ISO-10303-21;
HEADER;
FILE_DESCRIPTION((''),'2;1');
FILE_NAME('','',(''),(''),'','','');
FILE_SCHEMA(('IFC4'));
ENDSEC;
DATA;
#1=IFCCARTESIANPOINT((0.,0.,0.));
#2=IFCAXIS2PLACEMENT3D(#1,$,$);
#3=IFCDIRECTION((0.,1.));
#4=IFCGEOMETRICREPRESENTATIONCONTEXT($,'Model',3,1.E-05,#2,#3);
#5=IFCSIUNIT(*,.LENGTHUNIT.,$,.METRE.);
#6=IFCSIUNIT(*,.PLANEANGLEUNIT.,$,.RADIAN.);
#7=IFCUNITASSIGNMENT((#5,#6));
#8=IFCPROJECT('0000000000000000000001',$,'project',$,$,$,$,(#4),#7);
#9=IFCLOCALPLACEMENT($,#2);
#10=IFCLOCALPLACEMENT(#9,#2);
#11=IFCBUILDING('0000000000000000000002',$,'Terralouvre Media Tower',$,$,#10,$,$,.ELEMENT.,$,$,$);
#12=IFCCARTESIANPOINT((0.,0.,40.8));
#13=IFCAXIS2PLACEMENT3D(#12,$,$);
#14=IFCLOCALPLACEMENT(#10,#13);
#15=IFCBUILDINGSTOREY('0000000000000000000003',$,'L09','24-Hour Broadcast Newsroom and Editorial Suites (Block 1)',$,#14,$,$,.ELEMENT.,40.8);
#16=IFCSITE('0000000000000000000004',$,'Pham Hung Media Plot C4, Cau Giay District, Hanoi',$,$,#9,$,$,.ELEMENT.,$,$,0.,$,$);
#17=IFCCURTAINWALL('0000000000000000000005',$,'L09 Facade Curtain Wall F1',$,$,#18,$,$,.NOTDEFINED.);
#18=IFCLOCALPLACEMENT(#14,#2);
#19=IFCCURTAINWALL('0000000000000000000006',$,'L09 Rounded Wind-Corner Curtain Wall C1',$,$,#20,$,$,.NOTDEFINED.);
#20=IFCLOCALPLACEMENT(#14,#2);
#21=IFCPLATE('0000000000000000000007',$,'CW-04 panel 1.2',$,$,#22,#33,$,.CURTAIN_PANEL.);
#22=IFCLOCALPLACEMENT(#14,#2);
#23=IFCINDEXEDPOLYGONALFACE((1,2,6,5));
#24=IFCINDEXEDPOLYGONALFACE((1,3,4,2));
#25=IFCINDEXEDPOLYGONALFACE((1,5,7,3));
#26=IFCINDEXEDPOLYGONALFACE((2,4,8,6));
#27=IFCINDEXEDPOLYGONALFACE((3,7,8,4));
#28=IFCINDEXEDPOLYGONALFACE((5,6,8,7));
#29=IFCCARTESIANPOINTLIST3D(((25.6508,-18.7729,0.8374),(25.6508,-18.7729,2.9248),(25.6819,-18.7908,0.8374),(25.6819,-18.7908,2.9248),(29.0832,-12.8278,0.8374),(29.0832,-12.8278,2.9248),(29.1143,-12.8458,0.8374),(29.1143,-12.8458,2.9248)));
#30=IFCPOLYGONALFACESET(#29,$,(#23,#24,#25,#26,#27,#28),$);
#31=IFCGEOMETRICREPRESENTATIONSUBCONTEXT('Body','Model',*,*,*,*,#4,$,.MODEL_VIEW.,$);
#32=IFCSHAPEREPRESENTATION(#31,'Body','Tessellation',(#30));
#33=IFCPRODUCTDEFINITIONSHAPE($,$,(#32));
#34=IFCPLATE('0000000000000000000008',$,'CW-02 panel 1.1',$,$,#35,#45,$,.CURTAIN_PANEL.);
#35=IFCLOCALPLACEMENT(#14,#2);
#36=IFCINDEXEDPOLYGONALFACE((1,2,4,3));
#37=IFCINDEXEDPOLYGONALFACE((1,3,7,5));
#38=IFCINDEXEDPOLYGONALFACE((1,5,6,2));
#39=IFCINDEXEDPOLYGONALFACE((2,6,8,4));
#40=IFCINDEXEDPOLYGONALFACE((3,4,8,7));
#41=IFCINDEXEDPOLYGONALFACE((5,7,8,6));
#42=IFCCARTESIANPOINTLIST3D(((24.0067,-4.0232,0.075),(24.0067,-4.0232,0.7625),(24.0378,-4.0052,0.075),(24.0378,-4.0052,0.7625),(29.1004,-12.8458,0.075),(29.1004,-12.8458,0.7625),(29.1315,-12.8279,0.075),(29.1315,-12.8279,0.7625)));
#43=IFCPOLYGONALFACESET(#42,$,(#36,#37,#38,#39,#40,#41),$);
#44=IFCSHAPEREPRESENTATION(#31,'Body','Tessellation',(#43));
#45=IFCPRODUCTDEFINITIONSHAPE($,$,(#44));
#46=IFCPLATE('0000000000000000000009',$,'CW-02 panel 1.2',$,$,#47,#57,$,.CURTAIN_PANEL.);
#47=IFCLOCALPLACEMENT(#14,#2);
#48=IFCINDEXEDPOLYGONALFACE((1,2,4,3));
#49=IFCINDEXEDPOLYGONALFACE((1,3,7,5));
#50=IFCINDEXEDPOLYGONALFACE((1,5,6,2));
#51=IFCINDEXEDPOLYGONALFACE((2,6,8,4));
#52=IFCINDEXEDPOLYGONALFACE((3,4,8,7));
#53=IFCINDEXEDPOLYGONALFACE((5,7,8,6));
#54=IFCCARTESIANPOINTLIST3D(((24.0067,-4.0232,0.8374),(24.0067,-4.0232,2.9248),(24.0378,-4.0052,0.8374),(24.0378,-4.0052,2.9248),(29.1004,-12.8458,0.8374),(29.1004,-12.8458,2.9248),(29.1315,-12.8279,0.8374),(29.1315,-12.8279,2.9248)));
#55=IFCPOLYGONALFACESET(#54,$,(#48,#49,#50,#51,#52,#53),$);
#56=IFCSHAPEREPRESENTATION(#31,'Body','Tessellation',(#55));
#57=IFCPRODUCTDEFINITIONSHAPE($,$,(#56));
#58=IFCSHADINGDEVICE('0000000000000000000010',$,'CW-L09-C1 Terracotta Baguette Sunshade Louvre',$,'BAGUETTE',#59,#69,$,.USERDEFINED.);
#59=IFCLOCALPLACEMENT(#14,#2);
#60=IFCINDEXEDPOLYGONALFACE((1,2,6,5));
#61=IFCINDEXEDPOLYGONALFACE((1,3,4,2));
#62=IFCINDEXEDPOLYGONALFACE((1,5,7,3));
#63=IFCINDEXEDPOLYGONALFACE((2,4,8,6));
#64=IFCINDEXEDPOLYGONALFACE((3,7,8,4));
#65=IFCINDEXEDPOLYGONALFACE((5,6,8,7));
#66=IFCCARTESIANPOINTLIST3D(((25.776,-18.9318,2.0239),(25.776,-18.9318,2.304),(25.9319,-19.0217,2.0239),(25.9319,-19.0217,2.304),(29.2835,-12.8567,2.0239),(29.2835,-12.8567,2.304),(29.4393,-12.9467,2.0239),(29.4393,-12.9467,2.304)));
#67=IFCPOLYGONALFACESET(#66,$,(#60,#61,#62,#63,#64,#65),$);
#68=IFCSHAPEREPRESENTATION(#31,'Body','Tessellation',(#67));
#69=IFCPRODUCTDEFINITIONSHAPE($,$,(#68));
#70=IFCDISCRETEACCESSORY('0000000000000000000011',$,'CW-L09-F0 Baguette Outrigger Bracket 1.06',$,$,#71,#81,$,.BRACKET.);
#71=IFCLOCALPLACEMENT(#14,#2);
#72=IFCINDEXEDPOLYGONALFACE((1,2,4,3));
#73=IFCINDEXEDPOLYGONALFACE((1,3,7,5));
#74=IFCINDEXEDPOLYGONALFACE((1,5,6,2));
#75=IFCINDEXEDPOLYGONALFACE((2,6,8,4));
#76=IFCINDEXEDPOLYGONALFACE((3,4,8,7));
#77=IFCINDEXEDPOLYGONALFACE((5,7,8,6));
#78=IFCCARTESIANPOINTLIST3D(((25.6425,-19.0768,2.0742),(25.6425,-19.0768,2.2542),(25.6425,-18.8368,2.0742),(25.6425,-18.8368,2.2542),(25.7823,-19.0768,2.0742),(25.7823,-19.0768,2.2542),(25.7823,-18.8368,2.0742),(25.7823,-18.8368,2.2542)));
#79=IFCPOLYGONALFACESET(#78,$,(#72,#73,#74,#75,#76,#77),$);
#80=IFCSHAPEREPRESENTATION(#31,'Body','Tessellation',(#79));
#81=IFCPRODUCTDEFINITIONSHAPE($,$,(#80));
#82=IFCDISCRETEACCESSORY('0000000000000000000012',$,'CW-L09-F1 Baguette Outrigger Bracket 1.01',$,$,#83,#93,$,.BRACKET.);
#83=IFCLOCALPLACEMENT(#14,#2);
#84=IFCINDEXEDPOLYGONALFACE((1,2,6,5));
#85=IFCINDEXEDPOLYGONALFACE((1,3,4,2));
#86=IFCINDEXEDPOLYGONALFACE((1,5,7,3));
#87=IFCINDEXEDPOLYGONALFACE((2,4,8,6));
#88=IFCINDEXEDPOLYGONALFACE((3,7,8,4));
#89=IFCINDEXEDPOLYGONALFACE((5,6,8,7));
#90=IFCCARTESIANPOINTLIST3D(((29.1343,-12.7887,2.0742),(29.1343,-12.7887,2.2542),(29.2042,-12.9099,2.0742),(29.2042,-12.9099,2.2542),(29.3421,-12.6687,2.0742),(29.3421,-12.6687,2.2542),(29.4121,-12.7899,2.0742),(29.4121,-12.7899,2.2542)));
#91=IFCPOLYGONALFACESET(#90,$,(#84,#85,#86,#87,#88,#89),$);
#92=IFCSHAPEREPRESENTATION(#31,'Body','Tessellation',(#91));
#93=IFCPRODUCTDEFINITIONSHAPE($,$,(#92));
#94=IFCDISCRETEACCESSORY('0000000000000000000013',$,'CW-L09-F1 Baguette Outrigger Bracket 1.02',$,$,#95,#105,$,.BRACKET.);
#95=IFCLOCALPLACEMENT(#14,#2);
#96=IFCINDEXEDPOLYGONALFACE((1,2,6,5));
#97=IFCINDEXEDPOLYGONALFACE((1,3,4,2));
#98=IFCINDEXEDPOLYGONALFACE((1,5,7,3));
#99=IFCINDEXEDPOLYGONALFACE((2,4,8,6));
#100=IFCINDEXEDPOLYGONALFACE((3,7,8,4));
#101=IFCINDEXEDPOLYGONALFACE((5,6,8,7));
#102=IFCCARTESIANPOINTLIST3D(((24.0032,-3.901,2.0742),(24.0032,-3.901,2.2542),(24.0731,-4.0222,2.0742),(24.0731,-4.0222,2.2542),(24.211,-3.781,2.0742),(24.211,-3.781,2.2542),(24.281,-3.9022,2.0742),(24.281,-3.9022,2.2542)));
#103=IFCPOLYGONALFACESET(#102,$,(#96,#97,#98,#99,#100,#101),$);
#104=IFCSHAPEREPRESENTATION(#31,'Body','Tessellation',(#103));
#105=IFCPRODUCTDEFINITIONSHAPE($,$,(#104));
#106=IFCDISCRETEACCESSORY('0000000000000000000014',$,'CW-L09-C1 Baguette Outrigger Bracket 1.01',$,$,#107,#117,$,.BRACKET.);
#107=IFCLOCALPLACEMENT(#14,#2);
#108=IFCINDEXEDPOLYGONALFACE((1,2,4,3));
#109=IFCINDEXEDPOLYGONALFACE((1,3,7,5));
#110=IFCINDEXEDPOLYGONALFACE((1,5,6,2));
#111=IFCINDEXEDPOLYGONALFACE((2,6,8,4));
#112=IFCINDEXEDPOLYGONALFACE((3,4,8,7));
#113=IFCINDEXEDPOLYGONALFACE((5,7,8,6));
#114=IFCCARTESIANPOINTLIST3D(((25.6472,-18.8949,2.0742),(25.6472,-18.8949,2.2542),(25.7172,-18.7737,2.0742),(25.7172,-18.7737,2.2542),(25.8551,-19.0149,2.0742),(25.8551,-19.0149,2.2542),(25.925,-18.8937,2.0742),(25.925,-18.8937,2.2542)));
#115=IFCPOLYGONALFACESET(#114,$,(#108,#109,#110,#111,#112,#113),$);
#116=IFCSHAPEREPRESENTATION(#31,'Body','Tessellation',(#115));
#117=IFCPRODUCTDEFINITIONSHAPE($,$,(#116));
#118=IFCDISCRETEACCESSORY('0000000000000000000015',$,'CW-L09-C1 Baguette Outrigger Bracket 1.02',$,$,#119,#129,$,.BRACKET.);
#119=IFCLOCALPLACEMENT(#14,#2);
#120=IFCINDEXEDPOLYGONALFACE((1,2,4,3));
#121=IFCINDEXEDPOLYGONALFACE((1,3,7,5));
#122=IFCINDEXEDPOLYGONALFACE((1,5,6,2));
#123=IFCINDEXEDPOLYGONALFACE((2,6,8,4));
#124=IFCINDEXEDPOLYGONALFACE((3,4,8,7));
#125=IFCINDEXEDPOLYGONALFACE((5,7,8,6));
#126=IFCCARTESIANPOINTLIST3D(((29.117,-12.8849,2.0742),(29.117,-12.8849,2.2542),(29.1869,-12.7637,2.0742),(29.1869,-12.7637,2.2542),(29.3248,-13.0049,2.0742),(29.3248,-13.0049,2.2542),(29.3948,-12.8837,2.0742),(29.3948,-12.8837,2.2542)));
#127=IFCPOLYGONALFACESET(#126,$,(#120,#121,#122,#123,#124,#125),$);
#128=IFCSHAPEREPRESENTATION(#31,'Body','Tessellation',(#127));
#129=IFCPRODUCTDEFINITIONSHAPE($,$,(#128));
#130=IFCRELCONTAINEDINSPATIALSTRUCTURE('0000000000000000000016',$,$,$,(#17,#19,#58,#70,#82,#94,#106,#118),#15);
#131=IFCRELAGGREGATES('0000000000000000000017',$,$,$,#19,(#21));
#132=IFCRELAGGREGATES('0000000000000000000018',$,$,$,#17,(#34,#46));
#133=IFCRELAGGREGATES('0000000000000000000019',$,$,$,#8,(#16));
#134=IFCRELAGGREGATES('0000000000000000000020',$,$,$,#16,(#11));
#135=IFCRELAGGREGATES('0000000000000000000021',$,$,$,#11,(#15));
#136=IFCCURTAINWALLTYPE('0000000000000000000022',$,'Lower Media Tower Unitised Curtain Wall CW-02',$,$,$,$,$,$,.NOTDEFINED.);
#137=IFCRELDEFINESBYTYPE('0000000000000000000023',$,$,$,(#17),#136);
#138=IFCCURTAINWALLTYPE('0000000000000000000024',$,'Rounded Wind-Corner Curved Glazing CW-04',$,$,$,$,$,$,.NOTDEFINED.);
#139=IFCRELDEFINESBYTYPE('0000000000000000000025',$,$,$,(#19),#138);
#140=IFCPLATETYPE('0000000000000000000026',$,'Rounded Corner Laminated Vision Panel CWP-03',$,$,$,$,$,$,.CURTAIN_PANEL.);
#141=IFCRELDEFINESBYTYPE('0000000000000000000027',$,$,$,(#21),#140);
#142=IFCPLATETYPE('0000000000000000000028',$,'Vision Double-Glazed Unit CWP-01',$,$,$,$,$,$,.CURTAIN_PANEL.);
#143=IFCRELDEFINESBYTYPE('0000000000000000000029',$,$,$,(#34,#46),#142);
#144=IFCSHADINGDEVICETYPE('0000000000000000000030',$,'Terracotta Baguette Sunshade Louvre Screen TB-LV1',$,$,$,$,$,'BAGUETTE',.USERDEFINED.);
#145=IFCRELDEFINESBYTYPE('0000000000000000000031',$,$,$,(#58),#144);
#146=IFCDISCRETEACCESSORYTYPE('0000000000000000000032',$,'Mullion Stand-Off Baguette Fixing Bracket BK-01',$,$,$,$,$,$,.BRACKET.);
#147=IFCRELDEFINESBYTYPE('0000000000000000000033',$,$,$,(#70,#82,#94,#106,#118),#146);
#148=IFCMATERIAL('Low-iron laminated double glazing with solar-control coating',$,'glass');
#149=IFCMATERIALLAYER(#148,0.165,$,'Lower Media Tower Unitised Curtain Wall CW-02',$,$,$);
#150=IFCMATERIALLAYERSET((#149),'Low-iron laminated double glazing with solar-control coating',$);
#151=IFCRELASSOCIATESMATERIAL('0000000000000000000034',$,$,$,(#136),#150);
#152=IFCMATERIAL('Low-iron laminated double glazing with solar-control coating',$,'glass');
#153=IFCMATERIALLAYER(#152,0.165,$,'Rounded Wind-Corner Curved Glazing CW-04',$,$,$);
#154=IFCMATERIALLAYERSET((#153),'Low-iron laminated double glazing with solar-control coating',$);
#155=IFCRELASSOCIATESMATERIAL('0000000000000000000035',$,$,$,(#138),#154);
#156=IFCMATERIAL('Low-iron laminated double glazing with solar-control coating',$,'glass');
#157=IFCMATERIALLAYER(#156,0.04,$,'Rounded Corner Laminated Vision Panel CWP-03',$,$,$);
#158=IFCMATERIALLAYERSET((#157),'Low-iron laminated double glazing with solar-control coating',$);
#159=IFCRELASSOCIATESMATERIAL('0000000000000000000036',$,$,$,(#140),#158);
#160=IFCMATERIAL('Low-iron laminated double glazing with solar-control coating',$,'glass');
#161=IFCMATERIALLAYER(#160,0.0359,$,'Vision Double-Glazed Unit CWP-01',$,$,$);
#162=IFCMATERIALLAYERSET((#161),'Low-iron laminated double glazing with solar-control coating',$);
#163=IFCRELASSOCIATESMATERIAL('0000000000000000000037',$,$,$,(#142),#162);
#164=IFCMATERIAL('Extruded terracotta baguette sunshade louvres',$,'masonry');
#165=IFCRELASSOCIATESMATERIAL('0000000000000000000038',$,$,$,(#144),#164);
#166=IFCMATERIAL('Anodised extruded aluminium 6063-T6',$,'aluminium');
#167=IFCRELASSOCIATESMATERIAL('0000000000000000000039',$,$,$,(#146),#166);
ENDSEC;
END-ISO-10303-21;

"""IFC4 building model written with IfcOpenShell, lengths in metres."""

from ifc_helpers import new_model, si_unit, direction, frame, origin, origin_2d, place, context, subcontext, project, spatial, rectangle, extrude, material, layer, layer_set, type_object, element, aggregate, save


model = new_model("IFC4")

# Units and contexts
model_context = context("Model", 3, precision=1e-05, world=origin(), true_north=direction((0.0, 1.0)))
body_context = subcontext(model_context, "Body", "Model", "MODEL_VIEW")
ifc_project = project(units=[si_unit("LENGTHUNIT", "METRE"), si_unit("PLANEANGLEUNIT", "RADIAN")], contexts=[model_context])

# Site, building, storey
site_placement = place(None, origin())
site = spatial("IfcSite", under=ifc_project, at=site_placement, Name="Pham Hung Media Plot C4, Cau Giay District, Hanoi", CompositionType="ELEMENT", RefElevation=0.0)
building_placement = place(site_placement, origin())
building = spatial("IfcBuilding", under=site, at=building_placement, Name="Terralouvre Media Tower", CompositionType="ELEMENT")
storey_placement = place(building_placement, frame((0.0, 0.0, 40.8)))
storey = spatial("IfcBuildingStorey", under=building, at=storey_placement, Name="L09", Description="24-Hour Broadcast Newsroom and Editorial Suites (Block 1)", CompositionType="ELEMENT", Elevation=40.8)

# Curtain walls
ifc_material_1 = material(Name="Low-iron laminated double glazing with solar-control coating", Category="glass")
ifc_layer_1 = layer(ifc_material_1, 0.165, Name="Lower Media Tower Unitised Curtain Wall CW-02")
ifc_layer_set_1 = layer_set([ifc_layer_1], Name="Low-iron laminated double glazing with solar-control coating")
curtain_wall_type_1 = type_object("IfcCurtainWallType", Name="Lower Media Tower Unitised Curtain Wall CW-02", PredefinedType="NOTDEFINED", material=ifc_layer_set_1)
curtain_wall_1_placement = place(storey_placement, origin())
curtain_wall_1 = element("IfcCurtainWall", 1, at=curtain_wall_1_placement, inside=storey, type_object=curtain_wall_type_1, Name="L09 Facade Curtain Wall F1", PredefinedType="NOTDEFINED")
ifc_material_2 = material(Name="Low-iron laminated double glazing with solar-control coating", Category="glass")
ifc_layer_2 = layer(ifc_material_2, 0.165, Name="Rounded Wind-Corner Curved Glazing CW-04")
ifc_layer_set_2 = layer_set([ifc_layer_2], Name="Low-iron laminated double glazing with solar-control coating")
curtain_wall_type_2 = type_object("IfcCurtainWallType", Name="Rounded Wind-Corner Curved Glazing CW-04", PredefinedType="NOTDEFINED", material=ifc_layer_set_2)
curtain_wall_2_placement = place(storey_placement, origin())
curtain_wall_2 = element("IfcCurtainWall", 2, at=curtain_wall_2_placement, inside=storey, type_object=curtain_wall_type_2, Name="L09 Rounded Wind-Corner Curtain Wall C1", PredefinedType="NOTDEFINED")

# Plates
ifc_material_3 = material(Name="Low-iron laminated double glazing with solar-control coating", Category="glass")
ifc_layer_3 = layer(ifc_material_3, 0.04, Name="Rounded Corner Laminated Vision Panel CWP-03")
ifc_layer_set_3 = layer_set([ifc_layer_3], Name="Low-iron laminated double glazing with solar-control coating")
plate_type_1 = type_object("IfcPlateType", Name="Rounded Corner Laminated Vision Panel CWP-03", PredefinedType="CURTAIN_PANEL", material=ifc_layer_set_3)
plate_1_placement = place(storey_placement, frame((27.3826, -15.8093, 0.8374), z_axis=(0.0, 0.0, 1.0), x_axis=(0.5, 0.866026, 0.0)))
plate_1 = element("IfcPlate", 3, at=plate_1_placement, type_object=plate_type_1, Name="CW-04 panel 1.2", PredefinedType="CURTAIN_PANEL", context=body_context, shape_type="SweptSolid", body=[
    extrude(rectangle(XDim=6.8647, YDim=0.0359, at=origin_2d()), origin(), (0.0, 0.0, 1.0), 2.0874),
])
aggregate(curtain_wall_2, [plate_1])
ifc_material_4 = material(Name="Low-iron laminated double glazing with solar-control coating", Category="glass")
ifc_layer_4 = layer(ifc_material_4, 0.0359, Name="Vision Double-Glazed Unit CWP-01")
ifc_layer_set_4 = layer_set([ifc_layer_4], Name="Low-iron laminated double glazing with solar-control coating")
plate_type_2 = type_object("IfcPlateType", Name="Vision Double-Glazed Unit CWP-01", PredefinedType="CURTAIN_PANEL", material=ifc_layer_set_4)
plate_2_placement = place(storey_placement, frame((26.5691, -8.4255, 0.075), z_axis=(0.0, 0.0, 1.0), x_axis=(-0.5, 0.866025, 0.0)))
plate_2 = element("IfcPlate", 4, at=plate_2_placement, type_object=plate_type_2, Name="CW-02 panel 1.1", PredefinedType="CURTAIN_PANEL", context=body_context, shape_type="SweptSolid", body=[
    extrude(rectangle(XDim=10.1875, YDim=0.0359, at=origin_2d()), origin(), (0.0, 0.0, 1.0), 0.6875),
])
plate_3_placement = place(storey_placement, frame((26.5691, -8.4255, 0.8374), z_axis=(0.0, 0.0, 1.0), x_axis=(-0.5, 0.866025, 0.0)))
plate_3 = element("IfcPlate", 5, at=plate_3_placement, type_object=plate_type_2, Name="CW-02 panel 1.2", PredefinedType="CURTAIN_PANEL", context=body_context, shape_type="SweptSolid", body=[
    extrude(rectangle(XDim=10.1875, YDim=0.0359, at=origin_2d()), origin(), (0.0, 0.0, 1.0), 2.0874),
])
aggregate(curtain_wall_1, [plate_2, plate_3])

# Shading device
ifc_material_5 = material(Name="Extruded terracotta baguette sunshade louvres", Category="masonry")
shading_device_type = type_object("IfcShadingDeviceType", Name="Terracotta Baguette Sunshade Louvre Screen TB-LV1", ElementType="BAGUETTE", PredefinedType="USERDEFINED", material=ifc_material_5)
shading_device_placement = place(storey_placement, frame((27.6077, -15.9392, 2.0239), z_axis=(0.0, 0.0, 1.0), x_axis=(0.5, 0.866026, 0.0)))
element("IfcShadingDevice", 6, at=shading_device_placement, inside=storey, type_object=shading_device_type, Name="CW-L09-C1 Terracotta Baguette Sunshade Louvre", ObjectType="BAGUETTE", PredefinedType="USERDEFINED", context=body_context, shape_type="SweptSolid", body=[
    extrude(rectangle(XDim=7.0149, YDim=0.1799, at=origin_2d()), origin(), (0.0, 0.0, 1.0), 0.28),
])

# Discrete accessories
ifc_material_6 = material(Name="Anodised extruded aluminium 6063-T6", Category="aluminium")
discrete_accessory_type = type_object("IfcDiscreteAccessoryType", Name="Mullion Stand-Off Baguette Fixing Bracket BK-01", PredefinedType="BRACKET", material=ifc_material_6)
for number, where, z_axis, x_axis, name in (
    (7, (25.7124, -18.9568, 2.0742), (0.0, 0.0, 1.0), (1.0, 0.0, 0.0), "CW-L09-F0 Baguette Outrigger Bracket 1.06"),
    (8, (29.2732, -12.7893, 2.0742), (0.0, 0.0, 1.0), (-0.5, 0.866025, 0.0), "CW-L09-F1 Baguette Outrigger Bracket 1.01"),
    (9, (24.1421, -3.9016, 2.0742), (0.0, 0.0, 1.0), (-0.5, 0.866025, 0.0), "CW-L09-F1 Baguette Outrigger Bracket 1.02"),
    (10, (25.7861, -18.8943, 2.0742), (0.0, 0.0, 1.0), (0.5, 0.866026, 0.0), "CW-L09-C1 Baguette Outrigger Bracket 1.01"),
    (11, (29.2559, -12.8843, 2.0742), (0.0, 0.0, 1.0), (0.5, 0.866026, 0.0), "CW-L09-C1 Baguette Outrigger Bracket 1.02"),
):
    element("IfcDiscreteAccessory", number, at=place(storey_placement, frame(where, z_axis=z_axis, x_axis=x_axis)), inside=storey, type_object=discrete_accessory_type, Name=name, PredefinedType="BRACKET", context=body_context, shape_type="SweptSolid", body=[
        extrude(rectangle(XDim=0.1399, YDim=0.24, at=origin_2d()), origin(), (0.0, 0.0, 1.0), 0.1799),
    ])

save(model, "model.ifc")
